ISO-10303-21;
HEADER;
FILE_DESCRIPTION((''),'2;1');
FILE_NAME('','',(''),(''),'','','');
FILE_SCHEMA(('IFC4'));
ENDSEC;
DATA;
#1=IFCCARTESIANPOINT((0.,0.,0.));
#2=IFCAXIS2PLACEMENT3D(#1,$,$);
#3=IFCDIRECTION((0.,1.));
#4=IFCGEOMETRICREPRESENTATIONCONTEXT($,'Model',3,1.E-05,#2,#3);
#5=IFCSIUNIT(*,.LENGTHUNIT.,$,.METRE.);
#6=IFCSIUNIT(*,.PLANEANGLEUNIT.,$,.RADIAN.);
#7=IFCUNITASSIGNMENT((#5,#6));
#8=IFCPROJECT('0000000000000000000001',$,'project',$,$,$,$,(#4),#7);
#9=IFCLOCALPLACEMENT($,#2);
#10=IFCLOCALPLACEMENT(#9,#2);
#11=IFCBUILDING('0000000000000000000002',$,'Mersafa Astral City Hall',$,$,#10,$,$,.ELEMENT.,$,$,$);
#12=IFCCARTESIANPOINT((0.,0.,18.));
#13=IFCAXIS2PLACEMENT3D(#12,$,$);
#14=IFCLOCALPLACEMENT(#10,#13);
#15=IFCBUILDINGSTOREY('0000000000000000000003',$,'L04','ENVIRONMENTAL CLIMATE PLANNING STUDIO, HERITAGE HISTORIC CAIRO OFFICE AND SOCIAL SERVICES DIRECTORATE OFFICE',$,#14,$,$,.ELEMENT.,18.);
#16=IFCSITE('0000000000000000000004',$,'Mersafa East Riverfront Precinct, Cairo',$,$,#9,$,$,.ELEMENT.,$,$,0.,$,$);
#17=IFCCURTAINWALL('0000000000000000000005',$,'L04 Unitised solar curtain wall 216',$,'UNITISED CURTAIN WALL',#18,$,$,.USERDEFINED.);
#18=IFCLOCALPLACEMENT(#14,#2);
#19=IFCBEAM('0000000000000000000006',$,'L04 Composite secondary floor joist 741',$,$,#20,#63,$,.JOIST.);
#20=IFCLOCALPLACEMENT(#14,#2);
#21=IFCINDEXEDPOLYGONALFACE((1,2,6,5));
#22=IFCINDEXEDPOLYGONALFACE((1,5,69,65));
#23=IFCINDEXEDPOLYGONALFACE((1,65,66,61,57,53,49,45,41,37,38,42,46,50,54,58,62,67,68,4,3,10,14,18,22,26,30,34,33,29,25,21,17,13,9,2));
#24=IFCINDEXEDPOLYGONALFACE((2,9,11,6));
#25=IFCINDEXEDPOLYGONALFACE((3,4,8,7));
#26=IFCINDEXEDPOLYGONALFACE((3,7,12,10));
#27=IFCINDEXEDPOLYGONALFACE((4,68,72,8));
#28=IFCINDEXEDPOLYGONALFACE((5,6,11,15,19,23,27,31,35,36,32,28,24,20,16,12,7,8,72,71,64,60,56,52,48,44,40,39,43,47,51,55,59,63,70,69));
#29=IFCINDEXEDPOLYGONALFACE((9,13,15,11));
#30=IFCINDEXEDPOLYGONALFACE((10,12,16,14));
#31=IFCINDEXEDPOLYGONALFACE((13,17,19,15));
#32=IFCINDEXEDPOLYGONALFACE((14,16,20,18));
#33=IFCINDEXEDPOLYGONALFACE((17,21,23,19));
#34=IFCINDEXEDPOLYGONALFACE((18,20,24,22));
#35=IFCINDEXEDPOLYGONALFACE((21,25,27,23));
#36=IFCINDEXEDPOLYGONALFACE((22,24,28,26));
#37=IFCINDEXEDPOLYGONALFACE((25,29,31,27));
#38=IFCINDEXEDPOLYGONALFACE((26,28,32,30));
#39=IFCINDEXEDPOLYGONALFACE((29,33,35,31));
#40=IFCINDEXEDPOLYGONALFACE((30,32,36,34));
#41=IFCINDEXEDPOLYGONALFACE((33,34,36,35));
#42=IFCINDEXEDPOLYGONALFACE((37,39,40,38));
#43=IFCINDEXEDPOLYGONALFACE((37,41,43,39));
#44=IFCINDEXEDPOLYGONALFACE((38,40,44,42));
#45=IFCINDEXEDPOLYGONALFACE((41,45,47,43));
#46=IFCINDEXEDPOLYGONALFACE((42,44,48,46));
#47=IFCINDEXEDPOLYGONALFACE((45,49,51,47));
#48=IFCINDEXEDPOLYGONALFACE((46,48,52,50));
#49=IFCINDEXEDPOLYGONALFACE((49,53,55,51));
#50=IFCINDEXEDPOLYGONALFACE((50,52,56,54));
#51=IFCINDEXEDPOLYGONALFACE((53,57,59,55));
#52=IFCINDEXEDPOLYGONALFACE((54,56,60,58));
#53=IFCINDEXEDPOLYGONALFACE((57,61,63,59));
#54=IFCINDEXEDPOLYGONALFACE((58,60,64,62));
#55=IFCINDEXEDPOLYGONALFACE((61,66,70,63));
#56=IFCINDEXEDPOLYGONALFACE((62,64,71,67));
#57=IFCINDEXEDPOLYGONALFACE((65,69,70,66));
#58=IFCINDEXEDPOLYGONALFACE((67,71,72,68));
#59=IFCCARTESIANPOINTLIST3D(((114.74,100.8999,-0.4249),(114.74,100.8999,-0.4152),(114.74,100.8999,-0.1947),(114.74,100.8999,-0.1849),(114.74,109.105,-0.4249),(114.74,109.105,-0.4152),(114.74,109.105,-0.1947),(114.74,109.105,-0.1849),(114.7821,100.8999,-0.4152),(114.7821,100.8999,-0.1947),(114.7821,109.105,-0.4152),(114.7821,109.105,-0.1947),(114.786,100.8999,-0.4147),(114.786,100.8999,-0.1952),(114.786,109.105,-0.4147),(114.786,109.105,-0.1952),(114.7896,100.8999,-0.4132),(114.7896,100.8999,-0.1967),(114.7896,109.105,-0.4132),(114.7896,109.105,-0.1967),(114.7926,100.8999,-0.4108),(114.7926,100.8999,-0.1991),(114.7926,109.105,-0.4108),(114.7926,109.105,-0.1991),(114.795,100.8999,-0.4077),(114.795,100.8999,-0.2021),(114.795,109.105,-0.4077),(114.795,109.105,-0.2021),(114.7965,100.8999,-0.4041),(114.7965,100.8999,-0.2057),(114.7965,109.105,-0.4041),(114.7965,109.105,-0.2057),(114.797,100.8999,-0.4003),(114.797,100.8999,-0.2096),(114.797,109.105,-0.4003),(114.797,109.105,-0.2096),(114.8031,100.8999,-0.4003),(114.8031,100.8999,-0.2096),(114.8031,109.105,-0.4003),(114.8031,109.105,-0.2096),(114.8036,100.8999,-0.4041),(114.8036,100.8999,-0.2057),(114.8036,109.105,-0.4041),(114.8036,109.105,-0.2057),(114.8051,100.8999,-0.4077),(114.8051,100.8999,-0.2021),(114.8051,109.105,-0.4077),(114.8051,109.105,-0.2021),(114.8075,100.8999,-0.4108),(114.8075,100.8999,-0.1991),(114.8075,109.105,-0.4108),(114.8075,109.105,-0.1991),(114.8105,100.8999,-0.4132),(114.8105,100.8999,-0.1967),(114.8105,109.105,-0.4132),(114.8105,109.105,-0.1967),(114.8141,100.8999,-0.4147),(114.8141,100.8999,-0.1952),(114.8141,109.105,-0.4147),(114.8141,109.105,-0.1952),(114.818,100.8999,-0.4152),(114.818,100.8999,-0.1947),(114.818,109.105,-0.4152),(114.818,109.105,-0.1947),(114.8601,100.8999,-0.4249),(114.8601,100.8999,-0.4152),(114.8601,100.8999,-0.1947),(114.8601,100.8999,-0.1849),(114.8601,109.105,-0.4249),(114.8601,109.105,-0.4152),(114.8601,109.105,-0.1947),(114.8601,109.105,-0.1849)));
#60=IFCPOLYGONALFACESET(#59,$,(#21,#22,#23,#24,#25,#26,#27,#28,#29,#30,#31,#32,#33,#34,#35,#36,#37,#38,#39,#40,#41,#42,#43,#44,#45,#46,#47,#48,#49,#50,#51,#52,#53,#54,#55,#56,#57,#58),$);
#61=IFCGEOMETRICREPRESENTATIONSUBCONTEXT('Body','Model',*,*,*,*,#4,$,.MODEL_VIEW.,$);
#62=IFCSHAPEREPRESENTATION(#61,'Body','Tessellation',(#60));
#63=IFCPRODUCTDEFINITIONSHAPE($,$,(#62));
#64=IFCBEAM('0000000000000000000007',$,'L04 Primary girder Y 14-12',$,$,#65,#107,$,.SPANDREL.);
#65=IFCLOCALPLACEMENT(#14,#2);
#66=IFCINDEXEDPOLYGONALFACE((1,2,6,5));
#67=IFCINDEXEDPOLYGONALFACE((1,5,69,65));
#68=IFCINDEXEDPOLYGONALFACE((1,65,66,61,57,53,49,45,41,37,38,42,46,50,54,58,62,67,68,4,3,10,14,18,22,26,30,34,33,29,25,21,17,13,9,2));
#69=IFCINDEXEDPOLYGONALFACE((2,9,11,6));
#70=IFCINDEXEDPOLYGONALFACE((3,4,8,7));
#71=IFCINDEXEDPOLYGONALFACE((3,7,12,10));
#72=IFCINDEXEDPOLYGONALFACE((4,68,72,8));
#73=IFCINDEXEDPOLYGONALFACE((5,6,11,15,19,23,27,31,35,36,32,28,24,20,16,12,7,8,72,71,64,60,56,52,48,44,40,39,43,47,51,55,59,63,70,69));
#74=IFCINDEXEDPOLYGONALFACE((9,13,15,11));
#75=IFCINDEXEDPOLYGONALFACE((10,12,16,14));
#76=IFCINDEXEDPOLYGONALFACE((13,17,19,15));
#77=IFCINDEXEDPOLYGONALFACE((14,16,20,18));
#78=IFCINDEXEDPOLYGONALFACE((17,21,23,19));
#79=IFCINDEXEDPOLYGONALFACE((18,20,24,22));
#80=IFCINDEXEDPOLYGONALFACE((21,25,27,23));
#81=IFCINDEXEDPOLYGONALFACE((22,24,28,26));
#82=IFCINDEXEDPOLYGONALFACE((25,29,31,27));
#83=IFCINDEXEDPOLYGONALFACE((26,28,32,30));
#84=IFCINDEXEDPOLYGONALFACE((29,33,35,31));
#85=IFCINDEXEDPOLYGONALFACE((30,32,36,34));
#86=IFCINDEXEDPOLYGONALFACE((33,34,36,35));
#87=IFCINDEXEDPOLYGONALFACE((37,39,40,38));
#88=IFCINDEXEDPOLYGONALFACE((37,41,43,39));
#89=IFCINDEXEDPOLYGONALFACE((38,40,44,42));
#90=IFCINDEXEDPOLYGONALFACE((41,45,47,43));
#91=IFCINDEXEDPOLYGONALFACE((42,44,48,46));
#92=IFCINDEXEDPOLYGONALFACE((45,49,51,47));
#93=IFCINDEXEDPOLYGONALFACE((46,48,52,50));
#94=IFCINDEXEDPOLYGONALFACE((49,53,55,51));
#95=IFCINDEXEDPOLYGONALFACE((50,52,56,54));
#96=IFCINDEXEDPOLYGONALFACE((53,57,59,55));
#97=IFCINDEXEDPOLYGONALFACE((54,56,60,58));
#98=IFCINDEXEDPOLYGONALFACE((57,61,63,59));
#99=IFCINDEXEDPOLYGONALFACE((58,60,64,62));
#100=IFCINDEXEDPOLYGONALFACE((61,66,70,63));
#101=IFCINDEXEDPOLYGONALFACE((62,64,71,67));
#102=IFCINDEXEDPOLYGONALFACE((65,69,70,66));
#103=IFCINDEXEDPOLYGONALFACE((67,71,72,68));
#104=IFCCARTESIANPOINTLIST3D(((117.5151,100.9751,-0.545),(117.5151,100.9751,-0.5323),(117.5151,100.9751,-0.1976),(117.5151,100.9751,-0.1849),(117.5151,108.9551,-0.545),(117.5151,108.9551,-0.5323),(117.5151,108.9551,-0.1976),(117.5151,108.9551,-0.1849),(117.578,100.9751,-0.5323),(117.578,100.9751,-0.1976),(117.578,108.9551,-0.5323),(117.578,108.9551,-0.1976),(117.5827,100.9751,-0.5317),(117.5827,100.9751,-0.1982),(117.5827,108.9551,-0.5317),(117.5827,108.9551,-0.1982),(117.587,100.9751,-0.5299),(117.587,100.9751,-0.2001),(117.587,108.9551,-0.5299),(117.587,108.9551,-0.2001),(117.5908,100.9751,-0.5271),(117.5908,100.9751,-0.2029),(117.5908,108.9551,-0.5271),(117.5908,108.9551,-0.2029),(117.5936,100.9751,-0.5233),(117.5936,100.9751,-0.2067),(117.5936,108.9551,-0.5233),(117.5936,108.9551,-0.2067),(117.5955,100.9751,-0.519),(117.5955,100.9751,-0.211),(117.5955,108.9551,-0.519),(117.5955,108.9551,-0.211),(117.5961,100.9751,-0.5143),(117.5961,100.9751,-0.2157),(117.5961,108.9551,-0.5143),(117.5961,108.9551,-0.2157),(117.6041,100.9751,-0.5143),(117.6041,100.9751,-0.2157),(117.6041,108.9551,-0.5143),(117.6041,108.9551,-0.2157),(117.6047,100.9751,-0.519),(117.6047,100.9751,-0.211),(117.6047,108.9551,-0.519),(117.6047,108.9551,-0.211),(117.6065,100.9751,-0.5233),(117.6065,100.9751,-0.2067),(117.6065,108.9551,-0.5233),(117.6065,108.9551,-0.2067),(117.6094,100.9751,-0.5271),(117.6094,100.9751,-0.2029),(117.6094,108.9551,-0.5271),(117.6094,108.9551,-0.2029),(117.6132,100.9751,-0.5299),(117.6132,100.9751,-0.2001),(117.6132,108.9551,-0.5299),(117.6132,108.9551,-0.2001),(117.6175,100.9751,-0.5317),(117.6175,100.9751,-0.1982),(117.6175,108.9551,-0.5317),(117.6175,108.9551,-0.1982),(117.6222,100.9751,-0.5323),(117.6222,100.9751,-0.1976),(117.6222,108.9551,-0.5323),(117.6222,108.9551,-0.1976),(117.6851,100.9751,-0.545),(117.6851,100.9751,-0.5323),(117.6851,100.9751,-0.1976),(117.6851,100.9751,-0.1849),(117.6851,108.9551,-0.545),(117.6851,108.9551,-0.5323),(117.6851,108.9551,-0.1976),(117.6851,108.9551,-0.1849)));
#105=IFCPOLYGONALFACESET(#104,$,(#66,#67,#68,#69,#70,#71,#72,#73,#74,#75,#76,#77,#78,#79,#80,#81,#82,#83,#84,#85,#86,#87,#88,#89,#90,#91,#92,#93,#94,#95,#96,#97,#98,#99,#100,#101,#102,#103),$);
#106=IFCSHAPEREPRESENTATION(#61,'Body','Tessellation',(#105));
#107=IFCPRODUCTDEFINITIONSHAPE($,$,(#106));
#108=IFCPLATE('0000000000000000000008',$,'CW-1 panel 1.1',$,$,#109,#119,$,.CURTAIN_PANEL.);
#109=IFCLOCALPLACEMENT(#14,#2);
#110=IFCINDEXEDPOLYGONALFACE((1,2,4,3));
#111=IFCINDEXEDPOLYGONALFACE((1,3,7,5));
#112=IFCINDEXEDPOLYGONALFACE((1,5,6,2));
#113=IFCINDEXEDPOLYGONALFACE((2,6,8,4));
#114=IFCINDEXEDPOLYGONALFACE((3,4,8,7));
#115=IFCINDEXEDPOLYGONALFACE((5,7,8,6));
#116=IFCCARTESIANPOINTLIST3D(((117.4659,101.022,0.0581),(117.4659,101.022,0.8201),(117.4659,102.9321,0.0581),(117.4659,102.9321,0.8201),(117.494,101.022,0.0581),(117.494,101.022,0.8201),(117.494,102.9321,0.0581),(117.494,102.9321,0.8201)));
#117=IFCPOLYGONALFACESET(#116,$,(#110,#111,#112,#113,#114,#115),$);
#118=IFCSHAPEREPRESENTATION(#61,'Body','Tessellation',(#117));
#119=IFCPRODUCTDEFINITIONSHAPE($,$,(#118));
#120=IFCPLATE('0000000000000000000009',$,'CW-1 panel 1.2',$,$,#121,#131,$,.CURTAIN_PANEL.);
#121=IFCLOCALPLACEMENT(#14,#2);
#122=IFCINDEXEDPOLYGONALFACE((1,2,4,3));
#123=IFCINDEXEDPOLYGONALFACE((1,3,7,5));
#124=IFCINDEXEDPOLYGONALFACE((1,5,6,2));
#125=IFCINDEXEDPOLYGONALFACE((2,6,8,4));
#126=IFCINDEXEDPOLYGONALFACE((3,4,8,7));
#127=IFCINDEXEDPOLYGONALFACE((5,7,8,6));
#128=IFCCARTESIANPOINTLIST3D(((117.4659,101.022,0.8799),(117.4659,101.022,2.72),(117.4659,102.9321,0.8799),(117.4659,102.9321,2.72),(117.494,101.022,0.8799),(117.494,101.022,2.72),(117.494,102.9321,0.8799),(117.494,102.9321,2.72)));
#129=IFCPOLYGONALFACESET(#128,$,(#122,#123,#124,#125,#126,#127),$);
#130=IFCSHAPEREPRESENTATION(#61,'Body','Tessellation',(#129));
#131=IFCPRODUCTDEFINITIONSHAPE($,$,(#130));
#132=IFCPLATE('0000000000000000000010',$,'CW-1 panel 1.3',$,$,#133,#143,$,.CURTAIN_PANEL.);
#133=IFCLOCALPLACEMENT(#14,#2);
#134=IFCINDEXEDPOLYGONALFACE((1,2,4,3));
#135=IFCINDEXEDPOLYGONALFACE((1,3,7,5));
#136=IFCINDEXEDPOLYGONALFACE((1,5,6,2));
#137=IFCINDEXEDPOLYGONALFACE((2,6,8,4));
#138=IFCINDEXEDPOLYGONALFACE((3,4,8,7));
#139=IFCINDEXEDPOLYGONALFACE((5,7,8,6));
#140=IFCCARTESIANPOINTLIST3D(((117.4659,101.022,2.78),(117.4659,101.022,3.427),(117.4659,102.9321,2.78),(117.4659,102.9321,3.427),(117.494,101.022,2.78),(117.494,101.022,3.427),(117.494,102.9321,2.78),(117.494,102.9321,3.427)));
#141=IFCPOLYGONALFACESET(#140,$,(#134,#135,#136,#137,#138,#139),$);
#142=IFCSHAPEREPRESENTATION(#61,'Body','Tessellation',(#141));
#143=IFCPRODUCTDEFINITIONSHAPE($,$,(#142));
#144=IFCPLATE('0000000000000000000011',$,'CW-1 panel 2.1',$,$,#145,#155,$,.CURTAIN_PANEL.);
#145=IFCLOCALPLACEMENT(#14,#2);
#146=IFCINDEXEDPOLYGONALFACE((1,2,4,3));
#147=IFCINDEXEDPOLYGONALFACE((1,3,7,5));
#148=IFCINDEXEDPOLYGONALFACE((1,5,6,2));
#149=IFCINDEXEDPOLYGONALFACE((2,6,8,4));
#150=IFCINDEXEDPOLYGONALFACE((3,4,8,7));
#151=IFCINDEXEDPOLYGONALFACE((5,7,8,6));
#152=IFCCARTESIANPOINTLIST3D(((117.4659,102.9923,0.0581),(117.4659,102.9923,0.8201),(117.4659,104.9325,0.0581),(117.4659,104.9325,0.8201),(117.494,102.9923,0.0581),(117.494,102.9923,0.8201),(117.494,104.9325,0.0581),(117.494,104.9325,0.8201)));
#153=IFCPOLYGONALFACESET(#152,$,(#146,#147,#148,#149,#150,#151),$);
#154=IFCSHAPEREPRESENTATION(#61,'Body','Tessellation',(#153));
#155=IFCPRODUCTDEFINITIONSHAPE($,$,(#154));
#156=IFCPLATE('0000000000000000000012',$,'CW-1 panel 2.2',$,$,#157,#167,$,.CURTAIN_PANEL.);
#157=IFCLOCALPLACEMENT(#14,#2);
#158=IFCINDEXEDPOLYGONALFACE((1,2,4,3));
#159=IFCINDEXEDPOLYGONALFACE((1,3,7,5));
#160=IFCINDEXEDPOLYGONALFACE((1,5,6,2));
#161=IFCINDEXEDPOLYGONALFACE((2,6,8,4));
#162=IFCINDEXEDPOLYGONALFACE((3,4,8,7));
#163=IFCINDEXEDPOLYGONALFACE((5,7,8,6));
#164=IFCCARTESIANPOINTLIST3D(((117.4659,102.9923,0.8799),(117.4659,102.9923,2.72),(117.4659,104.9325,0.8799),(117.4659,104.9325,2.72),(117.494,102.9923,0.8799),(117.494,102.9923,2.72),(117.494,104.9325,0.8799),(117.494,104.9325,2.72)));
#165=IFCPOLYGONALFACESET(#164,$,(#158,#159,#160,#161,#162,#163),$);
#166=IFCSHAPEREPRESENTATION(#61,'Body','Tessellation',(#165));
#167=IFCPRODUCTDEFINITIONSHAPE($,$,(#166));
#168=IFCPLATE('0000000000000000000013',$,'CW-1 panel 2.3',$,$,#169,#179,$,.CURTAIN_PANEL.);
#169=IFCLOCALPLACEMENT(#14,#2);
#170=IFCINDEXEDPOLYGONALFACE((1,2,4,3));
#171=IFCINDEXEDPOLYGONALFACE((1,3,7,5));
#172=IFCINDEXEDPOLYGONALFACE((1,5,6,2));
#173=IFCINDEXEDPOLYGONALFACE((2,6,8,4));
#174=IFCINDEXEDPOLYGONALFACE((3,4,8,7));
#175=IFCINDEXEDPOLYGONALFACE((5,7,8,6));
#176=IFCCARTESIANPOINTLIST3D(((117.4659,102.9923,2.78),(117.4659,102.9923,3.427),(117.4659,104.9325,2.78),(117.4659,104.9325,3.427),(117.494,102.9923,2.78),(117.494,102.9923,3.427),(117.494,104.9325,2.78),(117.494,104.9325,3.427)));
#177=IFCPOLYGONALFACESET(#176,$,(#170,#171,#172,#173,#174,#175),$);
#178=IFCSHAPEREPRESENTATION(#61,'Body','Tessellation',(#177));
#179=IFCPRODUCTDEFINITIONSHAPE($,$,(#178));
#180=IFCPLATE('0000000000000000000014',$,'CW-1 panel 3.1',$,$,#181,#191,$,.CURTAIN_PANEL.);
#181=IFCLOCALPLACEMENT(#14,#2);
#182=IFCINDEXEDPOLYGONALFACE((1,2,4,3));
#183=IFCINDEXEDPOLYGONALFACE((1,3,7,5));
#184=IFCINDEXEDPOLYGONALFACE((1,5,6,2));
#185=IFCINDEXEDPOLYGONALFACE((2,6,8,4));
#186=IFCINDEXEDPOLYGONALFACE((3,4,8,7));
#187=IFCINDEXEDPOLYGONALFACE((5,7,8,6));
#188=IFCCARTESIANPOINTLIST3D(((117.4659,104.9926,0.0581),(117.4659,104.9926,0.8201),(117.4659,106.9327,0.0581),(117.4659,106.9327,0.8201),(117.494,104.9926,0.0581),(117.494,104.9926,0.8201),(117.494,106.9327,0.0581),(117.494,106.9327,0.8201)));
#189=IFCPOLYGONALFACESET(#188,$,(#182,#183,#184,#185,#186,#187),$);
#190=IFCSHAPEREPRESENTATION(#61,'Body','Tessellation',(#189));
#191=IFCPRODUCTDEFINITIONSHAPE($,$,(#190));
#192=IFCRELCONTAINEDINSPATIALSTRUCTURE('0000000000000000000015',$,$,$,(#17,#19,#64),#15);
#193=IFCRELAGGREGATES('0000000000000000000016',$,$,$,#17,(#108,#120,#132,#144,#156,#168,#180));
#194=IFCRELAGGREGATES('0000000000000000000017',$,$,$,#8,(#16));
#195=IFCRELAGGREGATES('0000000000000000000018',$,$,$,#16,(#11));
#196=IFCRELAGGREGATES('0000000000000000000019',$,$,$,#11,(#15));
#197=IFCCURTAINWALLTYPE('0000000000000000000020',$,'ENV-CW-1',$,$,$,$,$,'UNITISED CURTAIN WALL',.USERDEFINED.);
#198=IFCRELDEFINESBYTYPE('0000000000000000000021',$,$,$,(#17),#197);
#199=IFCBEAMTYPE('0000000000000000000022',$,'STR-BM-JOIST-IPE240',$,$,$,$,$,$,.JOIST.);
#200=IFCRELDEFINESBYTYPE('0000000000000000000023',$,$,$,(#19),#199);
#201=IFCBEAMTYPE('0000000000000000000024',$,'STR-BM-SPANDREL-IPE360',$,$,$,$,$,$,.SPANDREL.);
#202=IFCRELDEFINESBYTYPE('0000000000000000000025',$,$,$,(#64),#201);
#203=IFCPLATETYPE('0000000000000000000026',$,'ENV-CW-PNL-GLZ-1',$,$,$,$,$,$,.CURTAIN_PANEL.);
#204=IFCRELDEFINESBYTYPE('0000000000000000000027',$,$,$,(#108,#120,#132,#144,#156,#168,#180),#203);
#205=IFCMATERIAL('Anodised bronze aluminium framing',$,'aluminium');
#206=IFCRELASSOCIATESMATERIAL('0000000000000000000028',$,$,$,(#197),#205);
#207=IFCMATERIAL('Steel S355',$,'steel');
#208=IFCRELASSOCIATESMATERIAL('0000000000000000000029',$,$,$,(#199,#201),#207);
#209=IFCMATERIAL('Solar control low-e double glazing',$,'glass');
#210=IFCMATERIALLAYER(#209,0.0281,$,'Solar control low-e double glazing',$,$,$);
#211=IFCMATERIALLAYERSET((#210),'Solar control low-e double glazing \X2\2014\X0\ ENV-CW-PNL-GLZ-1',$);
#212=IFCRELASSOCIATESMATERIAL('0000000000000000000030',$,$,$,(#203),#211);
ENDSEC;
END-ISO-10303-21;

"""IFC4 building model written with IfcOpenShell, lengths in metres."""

from ifc_helpers import new_model, si_unit, direction, frame, origin, origin_2d, place, context, subcontext, project, spatial, rectangle, i_section, extrude, material, layer, layer_set, material_profile, profile_set, type_object, element, aggregate, save


model = new_model("IFC4")

# Units and contexts
model_context = context("Model", 3, precision=1e-05, world=origin(), true_north=direction((0.0, 1.0)))
body_context = subcontext(model_context, "Body", "Model", "MODEL_VIEW")
ifc_project = project(units=[si_unit("LENGTHUNIT", "METRE"), si_unit("PLANEANGLEUNIT", "RADIAN")], contexts=[model_context])

# Site, building, storey
site_placement = place(None, origin())
site = spatial("IfcSite", under=ifc_project, at=site_placement, Name="Mersafa East Riverfront Precinct, Cairo", CompositionType="ELEMENT", RefElevation=0.0)
building_placement = place(site_placement, origin())
building = spatial("IfcBuilding", under=site, at=building_placement, Name="Mersafa Astral City Hall", CompositionType="ELEMENT")
storey_placement = place(building_placement, frame((0.0, 0.0, 18.0)))
storey = spatial("IfcBuildingStorey", under=building, at=storey_placement, Name="L04", Description="ENVIRONMENTAL CLIMATE PLANNING STUDIO, HERITAGE HISTORIC CAIRO OFFICE AND SOCIAL SERVICES DIRECTORATE OFFICE", CompositionType="ELEMENT", Elevation=18.0)

# Curtain wall
ifc_material_1 = material(Name="Anodised bronze aluminium framing", Category="aluminium")
curtain_wall_type = type_object("IfcCurtainWallType", Name="ENV-CW-1", ElementType="UNITISED CURTAIN WALL", PredefinedType="USERDEFINED", material=ifc_material_1)
curtain_wall_placement = place(storey_placement, origin())
curtain_wall = element("IfcCurtainWall", 1, at=curtain_wall_placement, inside=storey, type_object=curtain_wall_type, Name="L04 Unitised solar curtain wall 216", ObjectType="UNITISED CURTAIN WALL", PredefinedType="USERDEFINED")

# Beams
ifc_material_2 = material(Name="Steel S355", Category="steel")
ifc_material_profile_1 = material_profile(ifc_material_2, i_section(OverallWidth=0.1201, OverallDepth=0.24, WebThickness=0.0061, FlangeThickness=0.0098, FilletRadius=0.0149, at=origin_2d()), Name="IPE 240")
ifc_profile_set_1 = profile_set([ifc_material_profile_1], Name="Steel S355")
beam_type_1 = type_object("IfcBeamType", Name="STR-BM-JOIST-IPE240", PredefinedType="JOIST", material=ifc_profile_set_1)
for number, where, z_axis, x_axis, name in (
    (2, (114.8, 100.8999, -0.3049), (0.0, 1.0, 0.0), (-1.0, 0.0, 0.0), "L04 Composite secondary floor joist 741"),
):
    element("IfcBeam", number, at=place(storey_placement, frame(where, z_axis=z_axis, x_axis=x_axis)), inside=storey, type_object=beam_type_1, Name=name, PredefinedType="JOIST", context=body_context, shape_type="SweptSolid", body=[
        extrude(i_section(OverallWidth=0.1201, OverallDepth=0.24, WebThickness=0.0061, FlangeThickness=0.0098, FilletRadius=0.0149, at=origin_2d()), origin(), (0.0, 0.0, 1.0), 8.2051),
    ])
ifc_material_profile_2 = material_profile(ifc_material_2, i_section(OverallWidth=0.1699, OverallDepth=0.3601, WebThickness=0.0081, FlangeThickness=0.0127, FilletRadius=0.0181, at=origin_2d()), Name="IPE 360")
ifc_profile_set_2 = profile_set([ifc_material_profile_2], Name="Steel S355")
beam_type_2 = type_object("IfcBeamType", Name="STR-BM-SPANDREL-IPE360", PredefinedType="SPANDREL", material=ifc_profile_set_2)
beam_placement = place(storey_placement, frame((117.6001, 100.9751, -0.365), z_axis=(0.0, 1.0, 0.0), x_axis=(-1.0, 0.0, 0.0)))
element("IfcBeam", 3, at=beam_placement, inside=storey, type_object=beam_type_2, Name="L04 Primary girder Y 14-12", PredefinedType="SPANDREL", context=body_context, shape_type="SweptSolid", body=[
    extrude(i_section(OverallWidth=0.1699, OverallDepth=0.3601, WebThickness=0.0081, FlangeThickness=0.0127, FilletRadius=0.0181, at=origin_2d()), origin(), (0.0, 0.0, 1.0), 7.98),
])

# Plates
ifc_material_3 = material(Name="Solar control low-e double glazing", Category="glass")
ifc_layer = layer(ifc_material_3, 0.0281, Name="Solar control low-e double glazing")
ifc_layer_set = layer_set([ifc_layer], Name="Solar control low-e double glazing — ENV-CW-PNL-GLZ-1")
plate_type = type_object("IfcPlateType", Name="ENV-CW-PNL-GLZ-1", PredefinedType="CURTAIN_PANEL", material=ifc_layer_set)
plate_1_placement = place(storey_placement, frame((117.48, 101.9771, 0.0581), z_axis=(0.0, 0.0, 1.0), x_axis=(0.0, 1.0, 0.0)))
plate_1 = element("IfcPlate", 4, at=plate_1_placement, type_object=plate_type, Name="CW-1 panel 1.1", PredefinedType="CURTAIN_PANEL", context=body_context, shape_type="SweptSolid", body=[
    extrude(rectangle(XDim=1.9102, YDim=0.0281, at=origin_2d()), origin(), (0.0, 0.0, 1.0), 0.762),
])
plate_2_placement = place(storey_placement, frame((117.48, 101.9771, 0.8799), z_axis=(0.0, 0.0, 1.0), x_axis=(0.0, 1.0, 0.0)))
plate_2 = element("IfcPlate", 5, at=plate_2_placement, type_object=plate_type, Name="CW-1 panel 1.2", PredefinedType="CURTAIN_PANEL", context=body_context, shape_type="SweptSolid", body=[
    extrude(rectangle(XDim=1.9102, YDim=0.0281, at=origin_2d()), origin(), (0.0, 0.0, 1.0), 1.8401),
])
plate_3_placement = place(storey_placement, frame((117.48, 101.9771, 2.78), z_axis=(0.0, 0.0, 1.0), x_axis=(0.0, 1.0, 0.0)))
plate_3 = element("IfcPlate", 6, at=plate_3_placement, type_object=plate_type, Name="CW-1 panel 1.3", PredefinedType="CURTAIN_PANEL", context=body_context, shape_type="SweptSolid", body=[
    extrude(rectangle(XDim=1.9102, YDim=0.0281, at=origin_2d()), origin(), (0.0, 0.0, 1.0), 0.647),
])
plate_4_placement = place(storey_placement, frame((117.48, 103.9624, 0.0581), z_axis=(0.0, 0.0, 1.0), x_axis=(0.0, 1.0, 0.0)))
plate_4 = element("IfcPlate", 7, at=plate_4_placement, type_object=plate_type, Name="CW-1 panel 2.1", PredefinedType="CURTAIN_PANEL", context=body_context, shape_type="SweptSolid", body=[
    extrude(rectangle(XDim=1.9402, YDim=0.0281, at=origin_2d()), origin(), (0.0, 0.0, 1.0), 0.762),
])
plate_5_placement = place(storey_placement, frame((117.48, 103.9624, 0.8799), z_axis=(0.0, 0.0, 1.0), x_axis=(0.0, 1.0, 0.0)))
plate_5 = element("IfcPlate", 8, at=plate_5_placement, type_object=plate_type, Name="CW-1 panel 2.2", PredefinedType="CURTAIN_PANEL", context=body_context, shape_type="SweptSolid", body=[
    extrude(rectangle(XDim=1.9402, YDim=0.0281, at=origin_2d()), origin(), (0.0, 0.0, 1.0), 1.8401),
])
plate_6_placement = place(storey_placement, frame((117.48, 103.9624, 2.78), z_axis=(0.0, 0.0, 1.0), x_axis=(0.0, 1.0, 0.0)))
plate_6 = element("IfcPlate", 9, at=plate_6_placement, type_object=plate_type, Name="CW-1 panel 2.3", PredefinedType="CURTAIN_PANEL", context=body_context, shape_type="SweptSolid", body=[
    extrude(rectangle(XDim=1.9402, YDim=0.0281, at=origin_2d()), origin(), (0.0, 0.0, 1.0), 0.647),
])
plate_7_placement = place(storey_placement, frame((117.48, 105.9626, 0.0581), z_axis=(0.0, 0.0, 1.0), x_axis=(0.0, 1.0, 0.0)))
plate_7 = element("IfcPlate", 10, at=plate_7_placement, type_object=plate_type, Name="CW-1 panel 3.1", PredefinedType="CURTAIN_PANEL", context=body_context, shape_type="SweptSolid", body=[
    extrude(rectangle(XDim=1.9402, YDim=0.0281, at=origin_2d()), origin(), (0.0, 0.0, 1.0), 0.762),
])
aggregate(curtain_wall, [plate_1, plate_2, plate_3, plate_4, plate_5, plate_6, plate_7])

save(model, "model.ifc")
